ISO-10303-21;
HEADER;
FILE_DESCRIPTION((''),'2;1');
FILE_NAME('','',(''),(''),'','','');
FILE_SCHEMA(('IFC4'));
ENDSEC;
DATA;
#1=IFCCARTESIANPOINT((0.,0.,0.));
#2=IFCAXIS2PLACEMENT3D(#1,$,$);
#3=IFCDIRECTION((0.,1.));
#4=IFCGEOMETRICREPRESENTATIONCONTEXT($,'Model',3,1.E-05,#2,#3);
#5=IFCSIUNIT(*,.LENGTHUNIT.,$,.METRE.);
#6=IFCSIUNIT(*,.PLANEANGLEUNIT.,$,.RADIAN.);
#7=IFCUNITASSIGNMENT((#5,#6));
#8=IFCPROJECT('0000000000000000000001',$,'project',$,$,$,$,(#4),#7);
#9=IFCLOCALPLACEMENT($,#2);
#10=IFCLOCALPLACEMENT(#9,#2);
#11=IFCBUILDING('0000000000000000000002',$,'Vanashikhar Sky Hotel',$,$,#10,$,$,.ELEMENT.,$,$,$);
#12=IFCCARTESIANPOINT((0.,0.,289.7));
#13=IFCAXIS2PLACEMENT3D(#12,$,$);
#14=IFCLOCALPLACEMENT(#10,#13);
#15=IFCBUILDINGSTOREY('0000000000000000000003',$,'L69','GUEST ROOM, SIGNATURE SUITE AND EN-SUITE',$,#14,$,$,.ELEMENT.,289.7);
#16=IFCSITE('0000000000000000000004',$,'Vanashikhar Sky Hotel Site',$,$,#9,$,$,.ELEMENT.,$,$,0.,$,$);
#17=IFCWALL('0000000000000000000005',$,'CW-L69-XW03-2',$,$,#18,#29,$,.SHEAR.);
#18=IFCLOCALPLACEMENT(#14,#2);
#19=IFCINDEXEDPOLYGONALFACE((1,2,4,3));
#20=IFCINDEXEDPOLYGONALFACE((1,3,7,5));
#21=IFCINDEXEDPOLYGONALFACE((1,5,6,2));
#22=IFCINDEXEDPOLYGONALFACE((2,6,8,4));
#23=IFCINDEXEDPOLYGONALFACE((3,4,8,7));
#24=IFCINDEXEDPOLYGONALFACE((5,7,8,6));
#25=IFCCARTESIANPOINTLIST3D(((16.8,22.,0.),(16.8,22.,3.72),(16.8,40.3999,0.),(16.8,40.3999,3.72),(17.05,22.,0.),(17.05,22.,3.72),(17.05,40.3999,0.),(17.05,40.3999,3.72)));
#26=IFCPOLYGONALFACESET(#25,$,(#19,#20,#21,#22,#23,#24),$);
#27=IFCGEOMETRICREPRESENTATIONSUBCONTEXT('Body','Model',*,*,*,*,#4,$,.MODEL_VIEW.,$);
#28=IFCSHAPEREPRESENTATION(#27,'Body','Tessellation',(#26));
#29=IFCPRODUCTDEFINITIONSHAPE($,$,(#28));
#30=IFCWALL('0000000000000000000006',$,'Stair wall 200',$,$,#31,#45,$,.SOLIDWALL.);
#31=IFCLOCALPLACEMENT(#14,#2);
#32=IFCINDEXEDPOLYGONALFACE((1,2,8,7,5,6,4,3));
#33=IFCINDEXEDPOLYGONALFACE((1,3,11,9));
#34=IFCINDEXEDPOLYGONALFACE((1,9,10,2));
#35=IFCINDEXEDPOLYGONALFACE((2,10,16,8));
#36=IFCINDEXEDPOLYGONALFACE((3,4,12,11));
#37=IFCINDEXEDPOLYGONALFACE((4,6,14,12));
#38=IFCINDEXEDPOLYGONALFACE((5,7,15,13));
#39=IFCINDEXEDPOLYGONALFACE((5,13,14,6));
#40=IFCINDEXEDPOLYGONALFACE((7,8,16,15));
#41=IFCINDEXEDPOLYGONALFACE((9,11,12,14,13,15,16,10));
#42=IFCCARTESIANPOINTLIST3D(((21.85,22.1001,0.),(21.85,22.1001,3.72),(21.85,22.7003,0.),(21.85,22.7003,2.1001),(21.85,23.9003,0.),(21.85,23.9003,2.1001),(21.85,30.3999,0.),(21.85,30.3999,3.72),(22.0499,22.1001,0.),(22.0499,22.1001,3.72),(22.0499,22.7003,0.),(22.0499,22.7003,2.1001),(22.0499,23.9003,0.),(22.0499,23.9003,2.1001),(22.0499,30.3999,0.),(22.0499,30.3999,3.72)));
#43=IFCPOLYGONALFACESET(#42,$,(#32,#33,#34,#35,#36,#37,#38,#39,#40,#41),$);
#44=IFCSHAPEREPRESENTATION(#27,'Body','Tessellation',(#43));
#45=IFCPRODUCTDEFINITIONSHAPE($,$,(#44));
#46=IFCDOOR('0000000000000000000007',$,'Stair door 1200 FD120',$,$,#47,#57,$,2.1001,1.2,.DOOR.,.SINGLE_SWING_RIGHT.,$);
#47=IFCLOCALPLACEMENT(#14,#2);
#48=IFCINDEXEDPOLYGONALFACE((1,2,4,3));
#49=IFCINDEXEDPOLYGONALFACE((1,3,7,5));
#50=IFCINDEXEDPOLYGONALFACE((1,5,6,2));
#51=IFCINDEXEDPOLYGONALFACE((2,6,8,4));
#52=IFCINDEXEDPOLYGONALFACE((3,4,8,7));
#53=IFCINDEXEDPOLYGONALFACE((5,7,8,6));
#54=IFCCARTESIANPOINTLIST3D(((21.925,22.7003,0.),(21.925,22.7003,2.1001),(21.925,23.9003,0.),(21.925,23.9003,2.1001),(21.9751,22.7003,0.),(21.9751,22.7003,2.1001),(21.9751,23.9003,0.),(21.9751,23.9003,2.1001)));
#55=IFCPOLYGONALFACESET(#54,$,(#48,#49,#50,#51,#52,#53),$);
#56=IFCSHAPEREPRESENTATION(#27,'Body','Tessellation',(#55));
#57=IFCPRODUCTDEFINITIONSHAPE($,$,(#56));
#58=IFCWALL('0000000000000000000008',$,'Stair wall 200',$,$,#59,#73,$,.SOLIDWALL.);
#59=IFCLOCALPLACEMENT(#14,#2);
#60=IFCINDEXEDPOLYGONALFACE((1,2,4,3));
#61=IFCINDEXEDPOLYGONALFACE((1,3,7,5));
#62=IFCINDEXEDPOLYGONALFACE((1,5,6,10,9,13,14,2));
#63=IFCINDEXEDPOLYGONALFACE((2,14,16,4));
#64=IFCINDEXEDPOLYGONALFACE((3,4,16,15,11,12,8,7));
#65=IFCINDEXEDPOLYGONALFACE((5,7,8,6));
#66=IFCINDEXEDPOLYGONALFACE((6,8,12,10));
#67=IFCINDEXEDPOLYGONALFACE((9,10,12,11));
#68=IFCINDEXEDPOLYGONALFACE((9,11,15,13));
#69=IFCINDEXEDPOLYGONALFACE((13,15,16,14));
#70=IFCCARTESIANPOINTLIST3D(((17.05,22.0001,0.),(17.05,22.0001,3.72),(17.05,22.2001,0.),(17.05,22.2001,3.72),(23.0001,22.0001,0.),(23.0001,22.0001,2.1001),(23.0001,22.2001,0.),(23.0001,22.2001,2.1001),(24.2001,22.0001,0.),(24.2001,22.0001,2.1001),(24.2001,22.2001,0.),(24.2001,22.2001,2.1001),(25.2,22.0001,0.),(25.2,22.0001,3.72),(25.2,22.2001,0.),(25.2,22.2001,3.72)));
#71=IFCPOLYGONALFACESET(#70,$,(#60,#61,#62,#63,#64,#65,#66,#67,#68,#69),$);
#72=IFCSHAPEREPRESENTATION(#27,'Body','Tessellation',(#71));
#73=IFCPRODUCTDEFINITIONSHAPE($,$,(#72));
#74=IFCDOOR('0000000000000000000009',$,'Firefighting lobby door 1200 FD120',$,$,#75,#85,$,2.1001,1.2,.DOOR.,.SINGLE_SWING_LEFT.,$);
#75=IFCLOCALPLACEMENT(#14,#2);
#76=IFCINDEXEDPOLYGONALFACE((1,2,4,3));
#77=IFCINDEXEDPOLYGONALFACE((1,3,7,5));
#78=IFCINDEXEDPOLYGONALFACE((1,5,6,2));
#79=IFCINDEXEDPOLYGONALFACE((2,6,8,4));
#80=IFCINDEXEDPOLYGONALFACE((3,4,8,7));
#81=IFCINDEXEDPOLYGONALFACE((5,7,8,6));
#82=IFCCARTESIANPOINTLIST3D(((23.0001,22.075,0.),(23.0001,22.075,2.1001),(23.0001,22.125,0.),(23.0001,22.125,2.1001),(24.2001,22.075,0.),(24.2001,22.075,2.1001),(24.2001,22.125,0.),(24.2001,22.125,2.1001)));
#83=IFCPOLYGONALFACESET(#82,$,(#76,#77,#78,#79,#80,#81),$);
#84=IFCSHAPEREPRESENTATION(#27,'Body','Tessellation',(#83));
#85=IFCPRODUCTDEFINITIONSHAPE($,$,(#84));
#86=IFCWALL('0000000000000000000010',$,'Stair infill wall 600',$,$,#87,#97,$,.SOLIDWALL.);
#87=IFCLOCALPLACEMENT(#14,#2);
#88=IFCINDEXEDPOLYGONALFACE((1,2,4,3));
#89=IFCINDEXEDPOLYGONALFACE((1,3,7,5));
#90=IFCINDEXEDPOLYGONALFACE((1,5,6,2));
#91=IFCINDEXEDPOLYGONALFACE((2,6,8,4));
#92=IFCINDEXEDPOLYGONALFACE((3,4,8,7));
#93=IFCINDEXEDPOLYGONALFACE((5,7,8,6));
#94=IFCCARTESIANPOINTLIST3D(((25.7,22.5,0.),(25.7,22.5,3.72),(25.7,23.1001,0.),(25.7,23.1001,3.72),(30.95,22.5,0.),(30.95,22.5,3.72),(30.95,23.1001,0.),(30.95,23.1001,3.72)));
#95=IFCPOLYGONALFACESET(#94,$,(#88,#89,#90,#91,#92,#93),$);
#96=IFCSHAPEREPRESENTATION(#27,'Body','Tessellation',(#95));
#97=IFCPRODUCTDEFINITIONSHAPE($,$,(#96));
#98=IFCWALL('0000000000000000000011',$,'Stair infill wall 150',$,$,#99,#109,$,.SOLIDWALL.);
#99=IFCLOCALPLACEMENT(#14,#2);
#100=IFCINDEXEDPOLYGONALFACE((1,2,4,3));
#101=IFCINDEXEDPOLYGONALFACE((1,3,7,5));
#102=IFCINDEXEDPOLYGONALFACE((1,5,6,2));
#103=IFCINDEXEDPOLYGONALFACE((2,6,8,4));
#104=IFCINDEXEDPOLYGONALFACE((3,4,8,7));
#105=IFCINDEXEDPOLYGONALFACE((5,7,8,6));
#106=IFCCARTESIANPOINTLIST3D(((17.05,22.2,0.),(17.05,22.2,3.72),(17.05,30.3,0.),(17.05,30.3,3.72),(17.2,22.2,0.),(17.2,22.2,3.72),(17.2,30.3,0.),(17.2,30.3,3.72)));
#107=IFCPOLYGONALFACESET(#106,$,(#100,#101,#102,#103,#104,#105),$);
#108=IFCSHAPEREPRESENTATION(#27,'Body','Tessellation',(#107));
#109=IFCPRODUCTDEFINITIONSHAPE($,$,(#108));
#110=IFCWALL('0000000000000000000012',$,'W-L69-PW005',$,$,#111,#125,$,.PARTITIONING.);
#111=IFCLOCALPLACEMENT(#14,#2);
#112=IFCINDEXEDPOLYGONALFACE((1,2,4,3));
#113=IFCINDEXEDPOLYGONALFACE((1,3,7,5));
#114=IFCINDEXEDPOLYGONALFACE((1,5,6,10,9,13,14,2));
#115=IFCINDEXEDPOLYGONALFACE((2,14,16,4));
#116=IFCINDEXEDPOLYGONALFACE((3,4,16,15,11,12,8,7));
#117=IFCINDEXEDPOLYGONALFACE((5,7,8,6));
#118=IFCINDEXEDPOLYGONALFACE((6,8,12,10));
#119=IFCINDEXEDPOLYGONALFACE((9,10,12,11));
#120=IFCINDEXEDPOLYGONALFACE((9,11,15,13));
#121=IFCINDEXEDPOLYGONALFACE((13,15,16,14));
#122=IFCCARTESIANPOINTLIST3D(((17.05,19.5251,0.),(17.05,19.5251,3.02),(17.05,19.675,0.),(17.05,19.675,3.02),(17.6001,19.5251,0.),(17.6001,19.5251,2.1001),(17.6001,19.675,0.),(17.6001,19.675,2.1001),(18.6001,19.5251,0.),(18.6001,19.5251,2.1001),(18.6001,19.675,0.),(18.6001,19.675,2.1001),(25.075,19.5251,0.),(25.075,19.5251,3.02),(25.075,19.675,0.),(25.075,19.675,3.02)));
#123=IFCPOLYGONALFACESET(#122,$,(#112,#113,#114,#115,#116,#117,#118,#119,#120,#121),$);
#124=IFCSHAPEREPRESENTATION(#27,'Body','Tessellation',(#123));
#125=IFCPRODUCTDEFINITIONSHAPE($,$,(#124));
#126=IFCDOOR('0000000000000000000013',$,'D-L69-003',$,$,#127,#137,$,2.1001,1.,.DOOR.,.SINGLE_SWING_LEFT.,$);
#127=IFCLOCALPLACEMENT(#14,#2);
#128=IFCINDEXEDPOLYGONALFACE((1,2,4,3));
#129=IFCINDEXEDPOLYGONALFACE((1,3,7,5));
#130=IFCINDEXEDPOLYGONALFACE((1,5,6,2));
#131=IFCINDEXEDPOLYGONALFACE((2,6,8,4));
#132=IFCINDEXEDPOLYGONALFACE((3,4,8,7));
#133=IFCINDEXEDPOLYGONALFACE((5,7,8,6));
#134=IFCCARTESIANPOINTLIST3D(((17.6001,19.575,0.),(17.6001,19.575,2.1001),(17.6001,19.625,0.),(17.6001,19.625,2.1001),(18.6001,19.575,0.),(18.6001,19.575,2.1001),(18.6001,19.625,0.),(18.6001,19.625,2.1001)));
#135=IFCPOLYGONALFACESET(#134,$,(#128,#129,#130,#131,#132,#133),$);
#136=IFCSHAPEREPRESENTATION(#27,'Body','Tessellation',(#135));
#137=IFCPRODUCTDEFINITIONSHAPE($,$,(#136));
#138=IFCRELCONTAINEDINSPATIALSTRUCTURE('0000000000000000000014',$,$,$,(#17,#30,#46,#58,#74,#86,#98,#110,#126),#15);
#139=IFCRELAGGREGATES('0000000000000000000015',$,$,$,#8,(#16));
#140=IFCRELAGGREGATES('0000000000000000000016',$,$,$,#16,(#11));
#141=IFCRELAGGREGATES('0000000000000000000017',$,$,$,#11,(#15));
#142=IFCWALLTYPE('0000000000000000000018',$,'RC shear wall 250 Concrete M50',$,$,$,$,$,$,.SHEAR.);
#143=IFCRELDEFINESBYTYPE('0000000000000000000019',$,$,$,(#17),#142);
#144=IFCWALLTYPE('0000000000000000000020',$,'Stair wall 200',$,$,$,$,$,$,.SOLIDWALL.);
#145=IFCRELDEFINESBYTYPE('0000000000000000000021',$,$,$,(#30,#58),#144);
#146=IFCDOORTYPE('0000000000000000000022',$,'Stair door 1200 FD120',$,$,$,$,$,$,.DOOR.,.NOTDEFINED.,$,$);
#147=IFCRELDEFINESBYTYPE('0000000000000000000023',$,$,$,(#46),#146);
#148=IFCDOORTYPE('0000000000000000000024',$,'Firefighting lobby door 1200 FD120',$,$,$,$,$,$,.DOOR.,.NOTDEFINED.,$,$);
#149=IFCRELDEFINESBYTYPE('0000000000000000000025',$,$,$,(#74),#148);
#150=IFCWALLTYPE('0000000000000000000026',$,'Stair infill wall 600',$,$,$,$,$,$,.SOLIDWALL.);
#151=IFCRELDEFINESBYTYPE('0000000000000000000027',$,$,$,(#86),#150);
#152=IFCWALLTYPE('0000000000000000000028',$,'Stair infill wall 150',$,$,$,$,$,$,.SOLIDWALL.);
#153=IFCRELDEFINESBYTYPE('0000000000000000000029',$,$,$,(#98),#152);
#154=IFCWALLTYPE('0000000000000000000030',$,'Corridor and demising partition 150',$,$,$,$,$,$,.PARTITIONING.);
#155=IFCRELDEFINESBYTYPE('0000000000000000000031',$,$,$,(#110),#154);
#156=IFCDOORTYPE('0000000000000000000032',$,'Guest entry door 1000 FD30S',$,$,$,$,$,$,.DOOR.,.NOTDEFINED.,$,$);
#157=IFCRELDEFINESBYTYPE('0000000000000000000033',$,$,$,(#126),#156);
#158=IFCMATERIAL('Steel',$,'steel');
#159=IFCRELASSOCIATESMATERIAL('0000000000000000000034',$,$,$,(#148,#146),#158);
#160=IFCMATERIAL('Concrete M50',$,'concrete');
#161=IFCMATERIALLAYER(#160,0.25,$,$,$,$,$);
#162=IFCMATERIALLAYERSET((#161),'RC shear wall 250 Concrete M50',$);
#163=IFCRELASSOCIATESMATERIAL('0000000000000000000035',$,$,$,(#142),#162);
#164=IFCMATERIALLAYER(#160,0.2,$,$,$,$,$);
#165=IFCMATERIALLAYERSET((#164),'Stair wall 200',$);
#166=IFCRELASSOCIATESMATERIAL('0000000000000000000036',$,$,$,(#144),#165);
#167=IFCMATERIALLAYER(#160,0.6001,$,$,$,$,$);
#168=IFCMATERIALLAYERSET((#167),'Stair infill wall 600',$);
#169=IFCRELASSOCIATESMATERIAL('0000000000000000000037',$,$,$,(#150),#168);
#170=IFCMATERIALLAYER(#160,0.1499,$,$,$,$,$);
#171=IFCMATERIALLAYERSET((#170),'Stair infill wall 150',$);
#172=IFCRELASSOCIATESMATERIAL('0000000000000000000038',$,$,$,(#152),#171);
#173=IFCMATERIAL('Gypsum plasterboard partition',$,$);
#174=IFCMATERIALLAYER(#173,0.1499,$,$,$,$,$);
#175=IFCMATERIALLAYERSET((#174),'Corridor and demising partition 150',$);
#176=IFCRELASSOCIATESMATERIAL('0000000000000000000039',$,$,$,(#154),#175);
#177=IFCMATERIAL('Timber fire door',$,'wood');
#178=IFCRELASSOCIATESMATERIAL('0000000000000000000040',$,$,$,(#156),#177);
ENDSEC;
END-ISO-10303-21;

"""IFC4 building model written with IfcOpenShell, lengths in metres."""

from ifc_helpers import new_model, si_unit, direction, frame, frame_2d, origin, place, context, subcontext, project, spatial, rectangle, extrude, source, transform, mapped, material, layer, layer_set, type_object, element, fill, save


model = new_model("IFC4")

# Units and contexts
model_context = context("Model", 3, precision=1e-05, world=origin(), true_north=direction((0.0, 1.0)))
body_context = subcontext(model_context, "Body", "Model", "MODEL_VIEW")
ifc_project = project(units=[si_unit("LENGTHUNIT", "METRE"), si_unit("PLANEANGLEUNIT", "RADIAN")], contexts=[model_context])

# Site, building, storey
site_placement = place(None, origin())
site = spatial("IfcSite", under=ifc_project, at=site_placement, Name="Vanashikhar Sky Hotel Site", CompositionType="ELEMENT", RefElevation=0.0)
building_placement = place(site_placement, origin())
building = spatial("IfcBuilding", under=site, at=building_placement, Name="Vanashikhar Sky Hotel", CompositionType="ELEMENT")
storey_placement = place(building_placement, frame((0.0, 0.0, 289.7)))
storey = spatial("IfcBuildingStorey", under=building, at=storey_placement, Name="L69", Description="GUEST ROOM, SIGNATURE SUITE AND EN-SUITE", CompositionType="ELEMENT", Elevation=289.7)

# Shared definitions
ifc_material_1 = material(Name="Concrete M50", Category="concrete")

# Shared definitions
ifc_material_2 = material(Name="Steel", Category="steel")
door_type_1 = type_object("IfcDoorType", Name="Firefighting lobby door 1200 FD120", OperationType="NOTDEFINED", PredefinedType="DOOR", material=ifc_material_2)

# Wall
ifc_layer_1 = layer(ifc_material_1, 0.25)
ifc_layer_set_1 = layer_set([ifc_layer_1], Name="RC shear wall 250 Concrete M50")
wall_type_1 = type_object("IfcWallType", Name="RC shear wall 250 Concrete M50", PredefinedType="SHEAR", material=ifc_layer_set_1)
shared_shape_1 = source(origin(), body_context, "Body", "SweptSolid", [
    extrude(rectangle(XDim=18.3999, YDim=0.25, at=frame_2d((9.2, 0.0))), origin(), (0.0, 0.0, 1.0), 3.72),
])
wall_1_placement = place(storey_placement, frame((16.925, 22.0, 0.0), z_axis=(0.0, 0.0, 1.0), x_axis=(0.0, 1.0, 0.0)))
element("IfcWall", 1, at=wall_1_placement, inside=storey, type_object=wall_type_1, Name="CW-L69-XW03-2", PredefinedType="SHEAR", context=body_context, shape_type="MappedRepresentation", body=[
    mapped(shared_shape_1, transform((0.0, 0.0, 0.0), scale=1.0)),
])

# Walls, openings, doors
ifc_layer_2 = layer(ifc_material_1, 0.2)
ifc_layer_set_2 = layer_set([ifc_layer_2], Name="Stair wall 200")
wall_type_2 = type_object("IfcWallType", Name="Stair wall 200", PredefinedType="SOLIDWALL", material=ifc_layer_set_2)
shared_shape_2 = source(origin(), body_context, "Body", "SweptSolid", [
    extrude(rectangle(XDim=8.2998, YDim=0.2, at=frame_2d((4.1499, 0.0))), origin(), (0.0, 0.0, 1.0), 3.72),
])
wall_2_placement = place(storey_placement, frame((21.95, 22.1001, 0.0), z_axis=(0.0, 0.0, 1.0), x_axis=(0.0, 1.0, 0.0)))
wall_2 = element("IfcWall", 2, at=wall_2_placement, inside=storey, type_object=wall_type_2, Name="Stair wall 200", PredefinedType="SOLIDWALL", context=body_context, shape_type="MappedRepresentation", body=[
    mapped(shared_shape_2, transform((0.0, 0.0, 0.0), scale=1.0)),
])
shared_shape_3 = source(origin(), body_context, "Body", "SweptSolid", [
    extrude(rectangle(XDim=1.2, YDim=2.1001, at=frame_2d((0.6001, 1.05))), frame((0.0, 0.1099, 0.0), z_axis=(0.0, -1.0, 0.0), x_axis=(1.0, 0.0, 0.0)), (0.0, 0.0, 1.0), 0.22),
])
opening_1_placement = place(wall_2_placement, frame((0.6001, 0.0, 0.0)))
opening_1 = element("IfcOpeningElement", 3, at=opening_1_placement, cuts=wall_2, PredefinedType="OPENING", context=body_context, shape_type="MappedRepresentation", body=[
    mapped(shared_shape_3, transform((0.0, 0.0, 0.0), scale=1.0)),
])
door_type_2 = type_object("IfcDoorType", Name="Stair door 1200 FD120", OperationType="NOTDEFINED", PredefinedType="DOOR", material=ifc_material_2)
shared_shape_4 = source(origin(), body_context, "Body", "SweptSolid", [
    extrude(rectangle(XDim=1.2, YDim=2.1001, at=frame_2d((0.6001, 1.05))), frame((0.0, 0.0249, 0.0), z_axis=(0.0, -1.0, 0.0), x_axis=(1.0, 0.0, 0.0)), (0.0, 0.0, 1.0), 0.05),
])
door_1_placement = place(opening_1_placement, origin())
door_1 = element("IfcDoor", 4, at=door_1_placement, inside=storey, type_object=door_type_2, Name="Stair door 1200 FD120", OperationType="SINGLE_SWING_RIGHT", OverallHeight=2.1001, OverallWidth=1.2, PredefinedType="DOOR", context=body_context, shape_type="MappedRepresentation", body=[
    mapped(shared_shape_4, transform((0.0, 0.0, 0.0), scale=1.0)),
])
fill(opening_1, door_1)
shared_shape_5 = source(origin(), body_context, "Body", "SweptSolid", [
    extrude(rectangle(XDim=8.1499, YDim=0.2, at=frame_2d((4.075, 0.0))), origin(), (0.0, 0.0, 1.0), 3.72),
])
wall_3_placement = place(storey_placement, frame((17.05, 22.1001, 0.0), z_axis=(0.0, 0.0, 1.0), x_axis=(1.0, 0.0, 0.0)))
wall_3 = element("IfcWall", 5, at=wall_3_placement, inside=storey, type_object=wall_type_2, Name="Stair wall 200", PredefinedType="SOLIDWALL", context=body_context, shape_type="MappedRepresentation", body=[
    mapped(shared_shape_5, transform((0.0, 0.0, 0.0), scale=1.0)),
])
opening_2_placement = place(wall_3_placement, frame((5.95, 0.0, 0.0)))
opening_2 = element("IfcOpeningElement", 6, at=opening_2_placement, cuts=wall_3, PredefinedType="OPENING", context=body_context, shape_type="MappedRepresentation", body=[
    mapped(shared_shape_3, transform((0.0, 0.0, 0.0), scale=1.0)),
])
door_2_placement = place(opening_2_placement, origin())
door_2 = element("IfcDoor", 7, at=door_2_placement, inside=storey, type_object=door_type_1, Name="Firefighting lobby door 1200 FD120", OperationType="SINGLE_SWING_LEFT", OverallHeight=2.1001, OverallWidth=1.2, PredefinedType="DOOR", context=body_context, shape_type="MappedRepresentation", body=[
    mapped(shared_shape_4, transform((0.0, 0.0, 0.0), scale=1.0)),
])
fill(opening_2, door_2)

# Walls
ifc_layer_3 = layer(ifc_material_1, 0.6001)
ifc_layer_set_3 = layer_set([ifc_layer_3], Name="Stair infill wall 600")
wall_type_3 = type_object("IfcWallType", Name="Stair infill wall 600", PredefinedType="SOLIDWALL", material=ifc_layer_set_3)
shared_shape_6 = source(origin(), body_context, "Body", "SweptSolid", [
    extrude(rectangle(XDim=5.25, YDim=0.6001, at=frame_2d((2.625, 0.0))), origin(), (0.0, 0.0, 1.0), 3.72),
])
wall_4_placement = place(storey_placement, frame((25.7, 22.8, 0.0), z_axis=(0.0, 0.0, 1.0), x_axis=(1.0, 0.0, 0.0)))
element("IfcWall", 8, at=wall_4_placement, inside=storey, type_object=wall_type_3, Name="Stair infill wall 600", PredefinedType="SOLIDWALL", context=body_context, shape_type="MappedRepresentation", body=[
    mapped(shared_shape_6, transform((0.0, 0.0, 0.0), scale=1.0)),
])
ifc_layer_4 = layer(ifc_material_1, 0.1499)
ifc_layer_set_4 = layer_set([ifc_layer_4], Name="Stair infill wall 150")
wall_type_4 = type_object("IfcWallType", Name="Stair infill wall 150", PredefinedType="SOLIDWALL", material=ifc_layer_set_4)
shared_shape_7 = source(origin(), body_context, "Body", "SweptSolid", [
    extrude(rectangle(XDim=8.1001, YDim=0.1499, at=frame_2d((4.05, 0.0))), origin(), (0.0, 0.0, 1.0), 3.72),
])
wall_5_placement = place(storey_placement, frame((17.125, 22.2, 0.0), z_axis=(0.0, 0.0, 1.0), x_axis=(0.0, 1.0, 0.0)))
element("IfcWall", 9, at=wall_5_placement, inside=storey, type_object=wall_type_4, Name="Stair infill wall 150", PredefinedType="SOLIDWALL", context=body_context, shape_type="MappedRepresentation", body=[
    mapped(shared_shape_7, transform((0.0, 0.0, 0.0), scale=1.0)),
])

# Wall, opening, door
ifc_material_3 = material(Name="Gypsum plasterboard partition")
ifc_layer_5 = layer(ifc_material_3, 0.1499)
ifc_layer_set_5 = layer_set([ifc_layer_5], Name="Corridor and demising partition 150")
wall_type_5 = type_object("IfcWallType", Name="Corridor and demising partition 150", PredefinedType="PARTITIONING", material=ifc_layer_set_5)
shared_shape_8 = source(origin(), body_context, "Body", "SweptSolid", [
    extrude(rectangle(XDim=8.0249, YDim=0.1499, at=frame_2d((4.0125, 0.0))), origin(), (0.0, 0.0, 1.0), 3.02),
])
wall_6_placement = place(storey_placement, frame((17.05, 19.6001, 0.0), z_axis=(0.0, 0.0, 1.0), x_axis=(1.0, 0.0, 0.0)))
wall_6 = element("IfcWall", 10, at=wall_6_placement, inside=storey, type_object=wall_type_5, Name="W-L69-PW005", PredefinedType="PARTITIONING", context=body_context, shape_type="MappedRepresentation", body=[
    mapped(shared_shape_8, transform((0.0, 0.0, 0.0), scale=1.0)),
])
shared_shape_9 = source(origin(), body_context, "Body", "SweptSolid", [
    extrude(rectangle(XDim=1.0, YDim=2.1001, at=frame_2d((0.5, 1.05))), frame((0.0, 0.085, 0.0), z_axis=(0.0, -1.0, 0.0), x_axis=(1.0, 0.0, 0.0)), (0.0, 0.0, 1.0), 0.1699),
])
opening_3_placement = place(wall_6_placement, frame((0.55, 0.0, 0.0)))
opening_3 = element("IfcOpeningElement", 11, at=opening_3_placement, cuts=wall_6, PredefinedType="OPENING", context=body_context, shape_type="MappedRepresentation", body=[
    mapped(shared_shape_9, transform((0.0, 0.0, 0.0), scale=1.0)),
])
ifc_material_4 = material(Name="Timber fire door", Category="wood")
door_type_3 = type_object("IfcDoorType", Name="Guest entry door 1000 FD30S", OperationType="NOTDEFINED", PredefinedType="DOOR", material=ifc_material_4)
shared_shape_10 = source(origin(), body_context, "Body", "SweptSolid", [
    extrude(rectangle(XDim=1.0, YDim=2.1001, at=frame_2d((0.5, 1.05))), frame((0.0, 0.0249, 0.0), z_axis=(0.0, -1.0, 0.0), x_axis=(1.0, 0.0, 0.0)), (0.0, 0.0, 1.0), 0.05),
])
door_3_placement = place(opening_3_placement, origin())
door_3 = element("IfcDoor", 12, at=door_3_placement, inside=storey, type_object=door_type_3, Name="D-L69-003", OperationType="SINGLE_SWING_LEFT", OverallHeight=2.1001, OverallWidth=1.0, PredefinedType="DOOR", context=body_context, shape_type="MappedRepresentation", body=[
    mapped(shared_shape_10, transform((0.0, 0.0, 0.0), scale=1.0)),
])
fill(opening_3, door_3)

save(model, "model.ifc")
